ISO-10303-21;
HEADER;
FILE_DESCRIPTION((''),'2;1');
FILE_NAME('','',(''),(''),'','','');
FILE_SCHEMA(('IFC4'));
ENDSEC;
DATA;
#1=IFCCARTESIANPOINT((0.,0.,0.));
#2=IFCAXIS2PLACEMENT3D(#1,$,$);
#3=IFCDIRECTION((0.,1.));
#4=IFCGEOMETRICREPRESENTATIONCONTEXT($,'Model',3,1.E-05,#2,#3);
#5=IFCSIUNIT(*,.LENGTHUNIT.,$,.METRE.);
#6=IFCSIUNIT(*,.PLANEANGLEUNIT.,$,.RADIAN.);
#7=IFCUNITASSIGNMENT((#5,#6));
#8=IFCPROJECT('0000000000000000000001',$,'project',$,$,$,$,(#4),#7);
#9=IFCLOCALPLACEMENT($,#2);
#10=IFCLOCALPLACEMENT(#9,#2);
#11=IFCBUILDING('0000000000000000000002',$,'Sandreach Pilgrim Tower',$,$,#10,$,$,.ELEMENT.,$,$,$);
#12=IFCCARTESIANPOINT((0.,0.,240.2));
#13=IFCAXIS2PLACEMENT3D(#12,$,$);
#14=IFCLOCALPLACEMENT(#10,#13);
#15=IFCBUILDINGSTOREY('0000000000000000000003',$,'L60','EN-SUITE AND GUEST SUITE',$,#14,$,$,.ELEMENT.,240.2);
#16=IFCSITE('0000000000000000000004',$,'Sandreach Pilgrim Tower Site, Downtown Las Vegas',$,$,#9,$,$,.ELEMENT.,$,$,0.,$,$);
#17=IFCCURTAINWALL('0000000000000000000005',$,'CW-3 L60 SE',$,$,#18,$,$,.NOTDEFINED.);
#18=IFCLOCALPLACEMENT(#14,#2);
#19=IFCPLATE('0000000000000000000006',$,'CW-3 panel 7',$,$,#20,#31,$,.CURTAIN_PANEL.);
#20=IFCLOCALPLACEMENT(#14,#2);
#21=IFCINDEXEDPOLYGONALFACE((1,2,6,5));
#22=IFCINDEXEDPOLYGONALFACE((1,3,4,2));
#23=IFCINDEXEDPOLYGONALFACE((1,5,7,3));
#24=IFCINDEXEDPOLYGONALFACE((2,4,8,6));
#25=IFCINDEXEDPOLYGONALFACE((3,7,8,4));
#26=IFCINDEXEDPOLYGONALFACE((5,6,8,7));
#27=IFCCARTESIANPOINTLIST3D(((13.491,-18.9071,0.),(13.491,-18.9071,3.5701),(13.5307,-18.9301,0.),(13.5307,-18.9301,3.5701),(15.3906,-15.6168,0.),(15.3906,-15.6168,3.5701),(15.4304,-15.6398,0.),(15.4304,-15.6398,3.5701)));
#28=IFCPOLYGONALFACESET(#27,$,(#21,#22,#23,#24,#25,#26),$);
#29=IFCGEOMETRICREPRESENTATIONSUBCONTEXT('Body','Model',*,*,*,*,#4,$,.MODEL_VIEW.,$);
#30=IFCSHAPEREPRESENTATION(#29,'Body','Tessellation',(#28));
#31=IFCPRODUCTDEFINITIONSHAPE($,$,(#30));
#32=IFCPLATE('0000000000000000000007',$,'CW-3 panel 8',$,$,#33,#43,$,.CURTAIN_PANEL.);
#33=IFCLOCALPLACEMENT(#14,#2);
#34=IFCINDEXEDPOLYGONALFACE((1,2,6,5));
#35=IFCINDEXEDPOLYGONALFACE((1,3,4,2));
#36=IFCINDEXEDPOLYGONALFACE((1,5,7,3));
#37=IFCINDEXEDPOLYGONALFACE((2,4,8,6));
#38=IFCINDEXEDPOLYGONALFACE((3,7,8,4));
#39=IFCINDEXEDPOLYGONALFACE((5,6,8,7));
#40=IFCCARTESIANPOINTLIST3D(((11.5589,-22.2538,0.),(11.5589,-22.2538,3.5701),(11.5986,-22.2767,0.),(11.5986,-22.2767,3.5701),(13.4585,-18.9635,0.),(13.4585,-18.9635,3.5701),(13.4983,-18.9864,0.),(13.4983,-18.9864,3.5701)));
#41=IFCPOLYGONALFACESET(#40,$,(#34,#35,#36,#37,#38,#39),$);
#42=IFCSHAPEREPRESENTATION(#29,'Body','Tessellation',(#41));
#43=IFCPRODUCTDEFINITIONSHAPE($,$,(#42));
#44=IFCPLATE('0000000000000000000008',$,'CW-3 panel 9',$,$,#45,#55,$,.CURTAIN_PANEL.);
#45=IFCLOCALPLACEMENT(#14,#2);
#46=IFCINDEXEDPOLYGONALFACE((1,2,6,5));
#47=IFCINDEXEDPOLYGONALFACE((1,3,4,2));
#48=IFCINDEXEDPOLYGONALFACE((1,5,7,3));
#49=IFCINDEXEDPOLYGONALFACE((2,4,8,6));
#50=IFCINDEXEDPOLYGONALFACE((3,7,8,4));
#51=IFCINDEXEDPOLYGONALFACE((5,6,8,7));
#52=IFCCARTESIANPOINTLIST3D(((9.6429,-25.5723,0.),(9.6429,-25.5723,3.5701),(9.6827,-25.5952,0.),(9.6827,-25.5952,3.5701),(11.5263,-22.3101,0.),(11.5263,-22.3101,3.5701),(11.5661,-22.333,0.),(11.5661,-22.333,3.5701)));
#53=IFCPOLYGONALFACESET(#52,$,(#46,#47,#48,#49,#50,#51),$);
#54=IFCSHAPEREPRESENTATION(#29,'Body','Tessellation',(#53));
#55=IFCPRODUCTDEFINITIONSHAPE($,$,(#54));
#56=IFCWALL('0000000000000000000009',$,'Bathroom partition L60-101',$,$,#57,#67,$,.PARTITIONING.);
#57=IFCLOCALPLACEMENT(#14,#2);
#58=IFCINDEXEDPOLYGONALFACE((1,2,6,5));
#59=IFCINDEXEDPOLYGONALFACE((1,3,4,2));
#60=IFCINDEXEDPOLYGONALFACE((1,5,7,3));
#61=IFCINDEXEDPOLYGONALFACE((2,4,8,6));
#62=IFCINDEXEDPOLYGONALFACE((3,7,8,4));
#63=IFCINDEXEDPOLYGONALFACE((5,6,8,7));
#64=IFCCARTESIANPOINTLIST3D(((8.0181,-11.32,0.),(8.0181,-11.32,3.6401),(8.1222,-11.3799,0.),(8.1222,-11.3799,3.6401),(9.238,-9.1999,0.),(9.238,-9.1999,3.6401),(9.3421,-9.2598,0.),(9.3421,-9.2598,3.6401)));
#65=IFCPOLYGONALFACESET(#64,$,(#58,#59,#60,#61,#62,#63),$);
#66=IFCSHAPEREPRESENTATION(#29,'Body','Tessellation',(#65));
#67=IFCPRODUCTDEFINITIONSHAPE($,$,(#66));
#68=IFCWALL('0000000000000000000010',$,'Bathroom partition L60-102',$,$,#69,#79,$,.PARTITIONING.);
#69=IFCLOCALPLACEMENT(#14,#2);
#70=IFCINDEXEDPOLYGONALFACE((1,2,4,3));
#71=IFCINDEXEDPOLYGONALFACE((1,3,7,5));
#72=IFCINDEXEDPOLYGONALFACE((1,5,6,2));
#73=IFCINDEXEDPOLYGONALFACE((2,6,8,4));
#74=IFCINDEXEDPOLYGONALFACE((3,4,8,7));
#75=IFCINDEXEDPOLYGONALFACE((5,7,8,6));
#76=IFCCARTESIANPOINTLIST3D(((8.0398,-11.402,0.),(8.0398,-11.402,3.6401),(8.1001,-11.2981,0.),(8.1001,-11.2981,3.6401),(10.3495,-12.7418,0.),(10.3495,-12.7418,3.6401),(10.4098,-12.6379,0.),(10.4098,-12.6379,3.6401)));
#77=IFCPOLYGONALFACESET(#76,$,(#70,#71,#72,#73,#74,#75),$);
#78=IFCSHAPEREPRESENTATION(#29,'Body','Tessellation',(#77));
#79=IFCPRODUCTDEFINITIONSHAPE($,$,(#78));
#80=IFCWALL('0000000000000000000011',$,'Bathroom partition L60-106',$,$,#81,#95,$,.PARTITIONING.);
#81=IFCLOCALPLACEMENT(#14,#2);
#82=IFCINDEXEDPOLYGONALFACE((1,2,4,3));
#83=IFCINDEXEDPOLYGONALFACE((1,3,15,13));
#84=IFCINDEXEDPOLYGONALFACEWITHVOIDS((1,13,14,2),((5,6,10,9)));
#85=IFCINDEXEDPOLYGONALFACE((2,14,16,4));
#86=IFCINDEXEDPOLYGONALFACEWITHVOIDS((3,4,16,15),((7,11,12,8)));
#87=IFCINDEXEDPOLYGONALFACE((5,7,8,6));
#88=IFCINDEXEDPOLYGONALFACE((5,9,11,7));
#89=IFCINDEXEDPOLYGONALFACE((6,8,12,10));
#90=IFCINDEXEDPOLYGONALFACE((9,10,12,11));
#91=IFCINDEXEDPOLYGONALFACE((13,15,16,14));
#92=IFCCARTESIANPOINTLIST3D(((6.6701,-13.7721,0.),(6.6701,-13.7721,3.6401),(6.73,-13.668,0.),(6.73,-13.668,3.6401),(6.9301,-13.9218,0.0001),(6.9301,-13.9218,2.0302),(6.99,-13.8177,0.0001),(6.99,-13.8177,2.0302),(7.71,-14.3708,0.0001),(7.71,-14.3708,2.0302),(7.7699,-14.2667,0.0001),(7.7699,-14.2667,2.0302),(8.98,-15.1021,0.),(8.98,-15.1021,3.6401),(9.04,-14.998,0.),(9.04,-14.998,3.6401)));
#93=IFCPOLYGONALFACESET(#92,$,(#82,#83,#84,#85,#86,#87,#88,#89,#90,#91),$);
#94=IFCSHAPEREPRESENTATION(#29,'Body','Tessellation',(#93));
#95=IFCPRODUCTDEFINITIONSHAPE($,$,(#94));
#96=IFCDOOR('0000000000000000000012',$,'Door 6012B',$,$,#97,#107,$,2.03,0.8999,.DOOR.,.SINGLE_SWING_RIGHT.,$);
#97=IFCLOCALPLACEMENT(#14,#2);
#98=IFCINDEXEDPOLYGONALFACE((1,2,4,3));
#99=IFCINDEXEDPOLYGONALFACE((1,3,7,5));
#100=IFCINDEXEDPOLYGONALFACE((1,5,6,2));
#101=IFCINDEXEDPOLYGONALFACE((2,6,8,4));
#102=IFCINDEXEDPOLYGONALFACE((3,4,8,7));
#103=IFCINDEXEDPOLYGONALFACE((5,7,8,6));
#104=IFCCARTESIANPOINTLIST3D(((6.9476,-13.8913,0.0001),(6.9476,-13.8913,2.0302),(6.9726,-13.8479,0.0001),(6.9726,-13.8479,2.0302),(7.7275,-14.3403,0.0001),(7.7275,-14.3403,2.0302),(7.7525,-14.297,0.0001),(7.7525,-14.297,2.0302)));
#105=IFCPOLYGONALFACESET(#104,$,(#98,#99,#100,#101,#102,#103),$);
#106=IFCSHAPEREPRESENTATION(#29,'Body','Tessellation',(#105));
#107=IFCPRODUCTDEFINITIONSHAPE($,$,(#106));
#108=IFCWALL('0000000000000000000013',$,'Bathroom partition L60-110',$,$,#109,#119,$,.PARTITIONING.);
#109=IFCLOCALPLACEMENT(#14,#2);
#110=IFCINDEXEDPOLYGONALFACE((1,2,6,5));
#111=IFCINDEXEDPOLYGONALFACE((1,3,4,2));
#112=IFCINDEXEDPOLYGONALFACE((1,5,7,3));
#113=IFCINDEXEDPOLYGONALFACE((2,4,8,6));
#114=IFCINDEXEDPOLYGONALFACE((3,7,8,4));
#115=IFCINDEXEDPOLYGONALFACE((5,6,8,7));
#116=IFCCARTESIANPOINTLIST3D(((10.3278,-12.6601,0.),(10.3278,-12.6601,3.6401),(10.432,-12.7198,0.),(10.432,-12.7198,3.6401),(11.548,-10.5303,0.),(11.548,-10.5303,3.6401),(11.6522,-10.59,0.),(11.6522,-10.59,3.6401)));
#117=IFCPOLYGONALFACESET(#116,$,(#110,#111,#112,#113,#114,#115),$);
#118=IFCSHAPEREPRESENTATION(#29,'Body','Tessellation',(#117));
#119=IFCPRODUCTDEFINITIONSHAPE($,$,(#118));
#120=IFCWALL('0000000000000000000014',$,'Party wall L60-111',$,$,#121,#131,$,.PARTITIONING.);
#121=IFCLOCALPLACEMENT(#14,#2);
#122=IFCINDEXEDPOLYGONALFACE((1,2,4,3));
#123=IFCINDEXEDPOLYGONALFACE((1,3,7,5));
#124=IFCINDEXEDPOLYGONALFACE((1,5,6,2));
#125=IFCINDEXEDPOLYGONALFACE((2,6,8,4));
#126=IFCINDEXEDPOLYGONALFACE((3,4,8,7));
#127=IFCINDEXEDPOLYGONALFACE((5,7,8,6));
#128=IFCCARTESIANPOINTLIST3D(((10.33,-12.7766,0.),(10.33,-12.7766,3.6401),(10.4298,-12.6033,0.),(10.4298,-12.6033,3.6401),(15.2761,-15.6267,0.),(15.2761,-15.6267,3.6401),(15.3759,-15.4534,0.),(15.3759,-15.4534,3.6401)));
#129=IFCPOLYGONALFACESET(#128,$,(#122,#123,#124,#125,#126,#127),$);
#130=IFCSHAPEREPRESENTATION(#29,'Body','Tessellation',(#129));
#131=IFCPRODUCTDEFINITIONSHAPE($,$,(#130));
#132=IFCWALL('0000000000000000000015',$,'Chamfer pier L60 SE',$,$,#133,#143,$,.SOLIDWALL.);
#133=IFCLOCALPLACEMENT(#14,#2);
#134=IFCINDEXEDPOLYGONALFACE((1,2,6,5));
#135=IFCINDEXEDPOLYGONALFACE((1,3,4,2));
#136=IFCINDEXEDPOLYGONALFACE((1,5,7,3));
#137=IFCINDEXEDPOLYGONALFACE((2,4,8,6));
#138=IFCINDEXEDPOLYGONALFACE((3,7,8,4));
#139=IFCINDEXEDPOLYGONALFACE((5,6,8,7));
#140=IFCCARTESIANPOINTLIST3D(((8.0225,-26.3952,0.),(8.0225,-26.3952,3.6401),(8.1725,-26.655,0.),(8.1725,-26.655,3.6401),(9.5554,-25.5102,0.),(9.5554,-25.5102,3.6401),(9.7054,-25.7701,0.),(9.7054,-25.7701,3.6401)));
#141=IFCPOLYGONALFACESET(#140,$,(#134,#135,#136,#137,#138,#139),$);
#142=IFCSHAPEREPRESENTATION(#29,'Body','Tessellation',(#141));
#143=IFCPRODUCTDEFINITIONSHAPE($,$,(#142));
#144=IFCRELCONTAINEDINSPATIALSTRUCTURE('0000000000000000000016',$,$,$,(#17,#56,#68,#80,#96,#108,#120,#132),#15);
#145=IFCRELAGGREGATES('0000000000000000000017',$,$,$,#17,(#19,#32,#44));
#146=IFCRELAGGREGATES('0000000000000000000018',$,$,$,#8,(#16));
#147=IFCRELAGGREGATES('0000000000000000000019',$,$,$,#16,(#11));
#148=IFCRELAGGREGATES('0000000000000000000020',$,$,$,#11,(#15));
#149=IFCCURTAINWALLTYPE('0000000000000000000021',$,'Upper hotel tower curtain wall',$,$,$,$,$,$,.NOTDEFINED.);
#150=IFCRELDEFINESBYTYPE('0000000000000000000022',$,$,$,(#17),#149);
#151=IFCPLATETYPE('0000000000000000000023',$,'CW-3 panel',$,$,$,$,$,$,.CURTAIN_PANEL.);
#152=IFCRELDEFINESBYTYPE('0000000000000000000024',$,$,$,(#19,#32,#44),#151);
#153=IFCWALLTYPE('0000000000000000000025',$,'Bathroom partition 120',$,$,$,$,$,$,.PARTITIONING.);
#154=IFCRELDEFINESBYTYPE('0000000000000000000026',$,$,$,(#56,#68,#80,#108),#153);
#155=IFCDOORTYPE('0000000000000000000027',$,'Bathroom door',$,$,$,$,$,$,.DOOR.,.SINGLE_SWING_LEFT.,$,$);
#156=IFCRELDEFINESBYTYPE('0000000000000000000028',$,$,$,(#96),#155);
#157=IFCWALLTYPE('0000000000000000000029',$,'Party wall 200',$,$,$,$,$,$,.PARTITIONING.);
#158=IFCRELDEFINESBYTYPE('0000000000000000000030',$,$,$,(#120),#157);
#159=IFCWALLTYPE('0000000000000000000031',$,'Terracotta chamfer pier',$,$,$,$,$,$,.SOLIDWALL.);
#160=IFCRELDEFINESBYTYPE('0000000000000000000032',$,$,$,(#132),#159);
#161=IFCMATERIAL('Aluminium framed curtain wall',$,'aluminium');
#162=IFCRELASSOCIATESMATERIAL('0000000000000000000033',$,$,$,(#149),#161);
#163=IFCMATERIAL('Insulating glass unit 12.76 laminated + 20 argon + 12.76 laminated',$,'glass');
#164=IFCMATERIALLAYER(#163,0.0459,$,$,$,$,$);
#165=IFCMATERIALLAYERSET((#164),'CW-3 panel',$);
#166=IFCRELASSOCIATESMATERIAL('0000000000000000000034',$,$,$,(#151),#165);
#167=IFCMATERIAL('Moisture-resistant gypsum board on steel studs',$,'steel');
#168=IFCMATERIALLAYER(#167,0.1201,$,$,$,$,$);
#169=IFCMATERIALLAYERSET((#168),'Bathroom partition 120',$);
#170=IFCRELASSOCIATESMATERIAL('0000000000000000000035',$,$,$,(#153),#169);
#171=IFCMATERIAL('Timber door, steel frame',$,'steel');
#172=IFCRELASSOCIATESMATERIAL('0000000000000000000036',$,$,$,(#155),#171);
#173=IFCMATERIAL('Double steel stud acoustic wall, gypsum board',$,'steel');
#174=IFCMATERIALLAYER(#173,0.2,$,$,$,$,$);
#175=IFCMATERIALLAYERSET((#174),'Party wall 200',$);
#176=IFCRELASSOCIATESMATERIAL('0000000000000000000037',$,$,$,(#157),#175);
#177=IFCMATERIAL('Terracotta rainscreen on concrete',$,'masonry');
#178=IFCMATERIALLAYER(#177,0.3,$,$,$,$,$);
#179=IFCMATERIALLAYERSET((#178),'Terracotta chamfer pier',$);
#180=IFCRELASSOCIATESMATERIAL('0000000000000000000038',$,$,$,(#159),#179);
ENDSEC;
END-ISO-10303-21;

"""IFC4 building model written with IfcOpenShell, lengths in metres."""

from ifc_helpers import new_model, si_unit, direction, frame, frame_2d, origin, origin_2d, place, context, subcontext, project, spatial, rectangle, extrude, material, layer, layer_set, type_object, element, fill, aggregate, save


model = new_model("IFC4")

# Units and contexts
model_context = context("Model", 3, precision=1e-05, world=origin(), true_north=direction((0.0, 1.0)))
body_context = subcontext(model_context, "Body", "Model", "MODEL_VIEW")
ifc_project = project(units=[si_unit("LENGTHUNIT", "METRE"), si_unit("PLANEANGLEUNIT", "RADIAN")], contexts=[model_context])

# Site, building, storey
site_placement = place(None, origin())
site = spatial("IfcSite", under=ifc_project, at=site_placement, Name="Sandreach Pilgrim Tower Site, Downtown Las Vegas", CompositionType="ELEMENT", RefElevation=0.0)
building_placement = place(site_placement, origin())
building = spatial("IfcBuilding", under=site, at=building_placement, Name="Sandreach Pilgrim Tower", CompositionType="ELEMENT")
storey_placement = place(building_placement, frame((0.0, 0.0, 240.2)))
storey = spatial("IfcBuildingStorey", under=building, at=storey_placement, Name="L60", Description="EN-SUITE AND GUEST SUITE", CompositionType="ELEMENT", Elevation=240.2)

# Curtain wall
ifc_material_1 = material(Name="Aluminium framed curtain wall", Category="aluminium")
curtain_wall_type = type_object("IfcCurtainWallType", Name="Upper hotel tower curtain wall", PredefinedType="NOTDEFINED", material=ifc_material_1)
curtain_wall_placement = place(storey_placement, origin())
curtain_wall = element("IfcCurtainWall", 1, at=curtain_wall_placement, inside=storey, type_object=curtain_wall_type, Name="CW-3 L60 SE", PredefinedType="NOTDEFINED")

# Plates
ifc_material_2 = material(Name="Insulating glass unit 12.76 laminated + 20 argon + 12.76 laminated", Category="glass")
ifc_layer_1 = layer(ifc_material_2, 0.0459)
ifc_layer_set_1 = layer_set([ifc_layer_1], Name="CW-3 panel")
plate_type = type_object("IfcPlateType", Name="CW-3 panel", PredefinedType="CURTAIN_PANEL", material=ifc_layer_set_1)
plate_1_placement = place(storey_placement, frame((14.4607, -17.2734, 0.0), z_axis=(0.0, 0.0, 1.0), x_axis=(-0.5, -0.866025, 0.0)))
plate_1 = element("IfcPlate", 2, at=plate_1_placement, type_object=plate_type, Name="CW-3 panel 7", PredefinedType="CURTAIN_PANEL", context=body_context, shape_type="SweptSolid", body=[
    extrude(rectangle(XDim=3.7993, YDim=0.0459, at=origin_2d()), origin(), (0.0, 0.0, 1.0), 3.5701),
])
plate_2_placement = place(storey_placement, frame((12.5286, -20.6201, 0.0), z_axis=(0.0, 0.0, 1.0), x_axis=(-0.5, -0.866025, 0.0)))
plate_2 = element("IfcPlate", 3, at=plate_2_placement, type_object=plate_type, Name="CW-3 panel 8", PredefinedType="CURTAIN_PANEL", context=body_context, shape_type="SweptSolid", body=[
    extrude(rectangle(XDim=3.7993, YDim=0.0459, at=origin_2d()), origin(), (0.0, 0.0, 1.0), 3.5701),
])
plate_3_placement = place(storey_placement, frame((10.6045, -23.9526, 0.0), z_axis=(0.0, 0.0, 1.0), x_axis=(-0.5, -0.866025, 0.0)))
plate_3 = element("IfcPlate", 4, at=plate_3_placement, type_object=plate_type, Name="CW-3 panel 9", PredefinedType="CURTAIN_PANEL", context=body_context, shape_type="SweptSolid", body=[
    extrude(rectangle(XDim=3.7668, YDim=0.0459, at=origin_2d()), origin(), (0.0, 0.0, 1.0), 3.5701),
])
aggregate(curtain_wall, [plate_1, plate_2, plate_3])

# Walls
ifc_material_3 = material(Name="Moisture-resistant gypsum board on steel studs", Category="steel")
ifc_layer_2 = layer(ifc_material_3, 0.1201)
ifc_layer_set_2 = layer_set([ifc_layer_2], Name="Bathroom partition 120")
wall_type_1 = type_object("IfcWallType", Name="Bathroom partition 120", PredefinedType="PARTITIONING", material=ifc_layer_set_2)
wall_1_placement = place(storey_placement, frame((8.0701, -11.3501, 0.0), z_axis=(0.0, 0.0, 1.0), x_axis=(0.498749, 0.866747, 0.0)))
element("IfcWall", 5, at=wall_1_placement, inside=storey, type_object=wall_type_1, Name="Bathroom partition L60-101", PredefinedType="PARTITIONING", context=body_context, shape_type="SweptSolid", body=[
    extrude(rectangle(XDim=2.446, YDim=0.1201, at=frame_2d((1.2231, 0.0))), origin(), (0.0, 0.0, 1.0), 3.6401),
])
wall_2_placement = place(storey_placement, frame((8.0701, -11.3501, 0.0), z_axis=(0.0, 0.0, 1.0), x_axis=(0.865007, -0.501761, 0.0)))
element("IfcWall", 6, at=wall_2_placement, inside=storey, type_object=wall_type_1, Name="Bathroom partition L60-102", PredefinedType="PARTITIONING", context=body_context, shape_type="SweptSolid", body=[
    extrude(rectangle(XDim=2.6702, YDim=0.1201, at=frame_2d((1.335, 0.0))), origin(), (0.0, 0.0, 1.0), 3.6401),
])

# Wall, opening, door
wall_3_placement = place(storey_placement, frame((9.01, -15.05, 0.0), z_axis=(0.0, 0.0, 1.0), x_axis=(-0.866615, 0.498977, 0.0)))
wall_3 = element("IfcWall", 7, at=wall_3_placement, inside=storey, type_object=wall_type_1, Name="Bathroom partition L60-106", PredefinedType="PARTITIONING", context=body_context, shape_type="SweptSolid", body=[
    extrude(rectangle(XDim=2.6655, YDim=0.1201, at=frame_2d((1.3328, 0.0))), origin(), (0.0, 0.0, 1.0), 3.6401),
])
opening_placement = place(wall_3_placement, frame((1.4656, 0.0, 0.0)))
opening = element("IfcOpeningElement", 8, at=opening_placement, cuts=wall_3, PredefinedType="OPENING", context=body_context, shape_type="SweptSolid", body=[
    extrude(rectangle(XDim=0.8999, YDim=2.03, at=frame_2d((0.45, 1.0151))), frame((0.0, 0.0601, 0.0), z_axis=(0.0, -1.0, 0.0), x_axis=(1.0, 0.0, 0.0)), (0.0, 0.0, 1.0), 0.1201),
])
ifc_material_4 = material(Name="Timber door, steel frame", Category="steel")
door_type = type_object("IfcDoorType", Name="Bathroom door", OperationType="SINGLE_SWING_LEFT", PredefinedType="DOOR", material=ifc_material_4)
door_placement = place(opening_placement, origin())
door = element("IfcDoor", 9, at=door_placement, inside=storey, type_object=door_type, Name="Door 6012B", OperationType="SINGLE_SWING_RIGHT", OverallHeight=2.03, OverallWidth=0.8999, PredefinedType="DOOR", context=body_context, shape_type="SweptSolid", body=[
    extrude(rectangle(XDim=0.8999, YDim=2.03, at=frame_2d((0.45, 1.0151))), frame((0.0, 0.0249, 0.0), z_axis=(0.0, -1.0, 0.0), x_axis=(1.0, 0.0, 0.0)), (0.0, 0.0, 1.0), 0.05),
])
fill(opening, door)

# Walls
wall_4_placement = place(storey_placement, frame((10.3799, -12.6899, 0.0), z_axis=(0.0, 0.0, 1.0), x_axis=(0.497103, 0.867692, 0.0)))
element("IfcWall", 10, at=wall_4_placement, inside=storey, type_object=wall_type_1, Name="Bathroom partition L60-110", PredefinedType="PARTITIONING", context=body_context, shape_type="SweptSolid", body=[
    extrude(rectangle(XDim=2.4546, YDim=0.1201, at=frame_2d((1.2273, 0.0))), origin(), (0.0, 0.0, 1.0), 3.6401),
])
ifc_material_5 = material(Name="Double steel stud acoustic wall, gypsum board", Category="steel")
ifc_layer_3 = layer(ifc_material_5, 0.2)
ifc_layer_set_3 = layer_set([ifc_layer_3], Name="Party wall 200")
wall_type_2 = type_object("IfcWallType", Name="Party wall 200", PredefinedType="PARTITIONING", material=ifc_layer_set_3)
wall_5_placement = place(storey_placement, frame((10.3799, -12.6899, 0.0), z_axis=(0.0, 0.0, 1.0), x_axis=(0.866443, -0.499277, 0.0)))
element("IfcWall", 11, at=wall_5_placement, inside=storey, type_object=wall_type_2, Name="Party wall L60-111", PredefinedType="PARTITIONING", context=body_context, shape_type="SweptSolid", body=[
    extrude(rectangle(XDim=5.7085, YDim=0.2, at=frame_2d((2.8542, 0.0))), origin(), (0.0, 0.0, 1.0), 3.6401),
])
ifc_material_6 = material(Name="Terracotta rainscreen on concrete", Category="masonry")
ifc_layer_4 = layer(ifc_material_6, 0.3)
ifc_layer_set_4 = layer_set([ifc_layer_4], Name="Terracotta chamfer pier")
wall_type_3 = type_object("IfcWallType", Name="Terracotta chamfer pier", PredefinedType="SOLIDWALL", material=ifc_layer_set_4)
wall_6_placement = place(storey_placement, frame((9.6304, -25.6401, 0.0), z_axis=(0.0, 0.0, 1.0), x_axis=(-0.866036, -0.499981, 0.0)))
element("IfcWall", 12, at=wall_6_placement, inside=storey, type_object=wall_type_3, Name="Chamfer pier L60 SE", PredefinedType="SOLIDWALL", context=body_context, shape_type="SweptSolid", body=[
    extrude(rectangle(XDim=1.77, YDim=0.3, at=frame_2d((0.885, 0.0))), origin(), (0.0, 0.0, 1.0), 3.6401),
])

save(model, "model.ifc")
